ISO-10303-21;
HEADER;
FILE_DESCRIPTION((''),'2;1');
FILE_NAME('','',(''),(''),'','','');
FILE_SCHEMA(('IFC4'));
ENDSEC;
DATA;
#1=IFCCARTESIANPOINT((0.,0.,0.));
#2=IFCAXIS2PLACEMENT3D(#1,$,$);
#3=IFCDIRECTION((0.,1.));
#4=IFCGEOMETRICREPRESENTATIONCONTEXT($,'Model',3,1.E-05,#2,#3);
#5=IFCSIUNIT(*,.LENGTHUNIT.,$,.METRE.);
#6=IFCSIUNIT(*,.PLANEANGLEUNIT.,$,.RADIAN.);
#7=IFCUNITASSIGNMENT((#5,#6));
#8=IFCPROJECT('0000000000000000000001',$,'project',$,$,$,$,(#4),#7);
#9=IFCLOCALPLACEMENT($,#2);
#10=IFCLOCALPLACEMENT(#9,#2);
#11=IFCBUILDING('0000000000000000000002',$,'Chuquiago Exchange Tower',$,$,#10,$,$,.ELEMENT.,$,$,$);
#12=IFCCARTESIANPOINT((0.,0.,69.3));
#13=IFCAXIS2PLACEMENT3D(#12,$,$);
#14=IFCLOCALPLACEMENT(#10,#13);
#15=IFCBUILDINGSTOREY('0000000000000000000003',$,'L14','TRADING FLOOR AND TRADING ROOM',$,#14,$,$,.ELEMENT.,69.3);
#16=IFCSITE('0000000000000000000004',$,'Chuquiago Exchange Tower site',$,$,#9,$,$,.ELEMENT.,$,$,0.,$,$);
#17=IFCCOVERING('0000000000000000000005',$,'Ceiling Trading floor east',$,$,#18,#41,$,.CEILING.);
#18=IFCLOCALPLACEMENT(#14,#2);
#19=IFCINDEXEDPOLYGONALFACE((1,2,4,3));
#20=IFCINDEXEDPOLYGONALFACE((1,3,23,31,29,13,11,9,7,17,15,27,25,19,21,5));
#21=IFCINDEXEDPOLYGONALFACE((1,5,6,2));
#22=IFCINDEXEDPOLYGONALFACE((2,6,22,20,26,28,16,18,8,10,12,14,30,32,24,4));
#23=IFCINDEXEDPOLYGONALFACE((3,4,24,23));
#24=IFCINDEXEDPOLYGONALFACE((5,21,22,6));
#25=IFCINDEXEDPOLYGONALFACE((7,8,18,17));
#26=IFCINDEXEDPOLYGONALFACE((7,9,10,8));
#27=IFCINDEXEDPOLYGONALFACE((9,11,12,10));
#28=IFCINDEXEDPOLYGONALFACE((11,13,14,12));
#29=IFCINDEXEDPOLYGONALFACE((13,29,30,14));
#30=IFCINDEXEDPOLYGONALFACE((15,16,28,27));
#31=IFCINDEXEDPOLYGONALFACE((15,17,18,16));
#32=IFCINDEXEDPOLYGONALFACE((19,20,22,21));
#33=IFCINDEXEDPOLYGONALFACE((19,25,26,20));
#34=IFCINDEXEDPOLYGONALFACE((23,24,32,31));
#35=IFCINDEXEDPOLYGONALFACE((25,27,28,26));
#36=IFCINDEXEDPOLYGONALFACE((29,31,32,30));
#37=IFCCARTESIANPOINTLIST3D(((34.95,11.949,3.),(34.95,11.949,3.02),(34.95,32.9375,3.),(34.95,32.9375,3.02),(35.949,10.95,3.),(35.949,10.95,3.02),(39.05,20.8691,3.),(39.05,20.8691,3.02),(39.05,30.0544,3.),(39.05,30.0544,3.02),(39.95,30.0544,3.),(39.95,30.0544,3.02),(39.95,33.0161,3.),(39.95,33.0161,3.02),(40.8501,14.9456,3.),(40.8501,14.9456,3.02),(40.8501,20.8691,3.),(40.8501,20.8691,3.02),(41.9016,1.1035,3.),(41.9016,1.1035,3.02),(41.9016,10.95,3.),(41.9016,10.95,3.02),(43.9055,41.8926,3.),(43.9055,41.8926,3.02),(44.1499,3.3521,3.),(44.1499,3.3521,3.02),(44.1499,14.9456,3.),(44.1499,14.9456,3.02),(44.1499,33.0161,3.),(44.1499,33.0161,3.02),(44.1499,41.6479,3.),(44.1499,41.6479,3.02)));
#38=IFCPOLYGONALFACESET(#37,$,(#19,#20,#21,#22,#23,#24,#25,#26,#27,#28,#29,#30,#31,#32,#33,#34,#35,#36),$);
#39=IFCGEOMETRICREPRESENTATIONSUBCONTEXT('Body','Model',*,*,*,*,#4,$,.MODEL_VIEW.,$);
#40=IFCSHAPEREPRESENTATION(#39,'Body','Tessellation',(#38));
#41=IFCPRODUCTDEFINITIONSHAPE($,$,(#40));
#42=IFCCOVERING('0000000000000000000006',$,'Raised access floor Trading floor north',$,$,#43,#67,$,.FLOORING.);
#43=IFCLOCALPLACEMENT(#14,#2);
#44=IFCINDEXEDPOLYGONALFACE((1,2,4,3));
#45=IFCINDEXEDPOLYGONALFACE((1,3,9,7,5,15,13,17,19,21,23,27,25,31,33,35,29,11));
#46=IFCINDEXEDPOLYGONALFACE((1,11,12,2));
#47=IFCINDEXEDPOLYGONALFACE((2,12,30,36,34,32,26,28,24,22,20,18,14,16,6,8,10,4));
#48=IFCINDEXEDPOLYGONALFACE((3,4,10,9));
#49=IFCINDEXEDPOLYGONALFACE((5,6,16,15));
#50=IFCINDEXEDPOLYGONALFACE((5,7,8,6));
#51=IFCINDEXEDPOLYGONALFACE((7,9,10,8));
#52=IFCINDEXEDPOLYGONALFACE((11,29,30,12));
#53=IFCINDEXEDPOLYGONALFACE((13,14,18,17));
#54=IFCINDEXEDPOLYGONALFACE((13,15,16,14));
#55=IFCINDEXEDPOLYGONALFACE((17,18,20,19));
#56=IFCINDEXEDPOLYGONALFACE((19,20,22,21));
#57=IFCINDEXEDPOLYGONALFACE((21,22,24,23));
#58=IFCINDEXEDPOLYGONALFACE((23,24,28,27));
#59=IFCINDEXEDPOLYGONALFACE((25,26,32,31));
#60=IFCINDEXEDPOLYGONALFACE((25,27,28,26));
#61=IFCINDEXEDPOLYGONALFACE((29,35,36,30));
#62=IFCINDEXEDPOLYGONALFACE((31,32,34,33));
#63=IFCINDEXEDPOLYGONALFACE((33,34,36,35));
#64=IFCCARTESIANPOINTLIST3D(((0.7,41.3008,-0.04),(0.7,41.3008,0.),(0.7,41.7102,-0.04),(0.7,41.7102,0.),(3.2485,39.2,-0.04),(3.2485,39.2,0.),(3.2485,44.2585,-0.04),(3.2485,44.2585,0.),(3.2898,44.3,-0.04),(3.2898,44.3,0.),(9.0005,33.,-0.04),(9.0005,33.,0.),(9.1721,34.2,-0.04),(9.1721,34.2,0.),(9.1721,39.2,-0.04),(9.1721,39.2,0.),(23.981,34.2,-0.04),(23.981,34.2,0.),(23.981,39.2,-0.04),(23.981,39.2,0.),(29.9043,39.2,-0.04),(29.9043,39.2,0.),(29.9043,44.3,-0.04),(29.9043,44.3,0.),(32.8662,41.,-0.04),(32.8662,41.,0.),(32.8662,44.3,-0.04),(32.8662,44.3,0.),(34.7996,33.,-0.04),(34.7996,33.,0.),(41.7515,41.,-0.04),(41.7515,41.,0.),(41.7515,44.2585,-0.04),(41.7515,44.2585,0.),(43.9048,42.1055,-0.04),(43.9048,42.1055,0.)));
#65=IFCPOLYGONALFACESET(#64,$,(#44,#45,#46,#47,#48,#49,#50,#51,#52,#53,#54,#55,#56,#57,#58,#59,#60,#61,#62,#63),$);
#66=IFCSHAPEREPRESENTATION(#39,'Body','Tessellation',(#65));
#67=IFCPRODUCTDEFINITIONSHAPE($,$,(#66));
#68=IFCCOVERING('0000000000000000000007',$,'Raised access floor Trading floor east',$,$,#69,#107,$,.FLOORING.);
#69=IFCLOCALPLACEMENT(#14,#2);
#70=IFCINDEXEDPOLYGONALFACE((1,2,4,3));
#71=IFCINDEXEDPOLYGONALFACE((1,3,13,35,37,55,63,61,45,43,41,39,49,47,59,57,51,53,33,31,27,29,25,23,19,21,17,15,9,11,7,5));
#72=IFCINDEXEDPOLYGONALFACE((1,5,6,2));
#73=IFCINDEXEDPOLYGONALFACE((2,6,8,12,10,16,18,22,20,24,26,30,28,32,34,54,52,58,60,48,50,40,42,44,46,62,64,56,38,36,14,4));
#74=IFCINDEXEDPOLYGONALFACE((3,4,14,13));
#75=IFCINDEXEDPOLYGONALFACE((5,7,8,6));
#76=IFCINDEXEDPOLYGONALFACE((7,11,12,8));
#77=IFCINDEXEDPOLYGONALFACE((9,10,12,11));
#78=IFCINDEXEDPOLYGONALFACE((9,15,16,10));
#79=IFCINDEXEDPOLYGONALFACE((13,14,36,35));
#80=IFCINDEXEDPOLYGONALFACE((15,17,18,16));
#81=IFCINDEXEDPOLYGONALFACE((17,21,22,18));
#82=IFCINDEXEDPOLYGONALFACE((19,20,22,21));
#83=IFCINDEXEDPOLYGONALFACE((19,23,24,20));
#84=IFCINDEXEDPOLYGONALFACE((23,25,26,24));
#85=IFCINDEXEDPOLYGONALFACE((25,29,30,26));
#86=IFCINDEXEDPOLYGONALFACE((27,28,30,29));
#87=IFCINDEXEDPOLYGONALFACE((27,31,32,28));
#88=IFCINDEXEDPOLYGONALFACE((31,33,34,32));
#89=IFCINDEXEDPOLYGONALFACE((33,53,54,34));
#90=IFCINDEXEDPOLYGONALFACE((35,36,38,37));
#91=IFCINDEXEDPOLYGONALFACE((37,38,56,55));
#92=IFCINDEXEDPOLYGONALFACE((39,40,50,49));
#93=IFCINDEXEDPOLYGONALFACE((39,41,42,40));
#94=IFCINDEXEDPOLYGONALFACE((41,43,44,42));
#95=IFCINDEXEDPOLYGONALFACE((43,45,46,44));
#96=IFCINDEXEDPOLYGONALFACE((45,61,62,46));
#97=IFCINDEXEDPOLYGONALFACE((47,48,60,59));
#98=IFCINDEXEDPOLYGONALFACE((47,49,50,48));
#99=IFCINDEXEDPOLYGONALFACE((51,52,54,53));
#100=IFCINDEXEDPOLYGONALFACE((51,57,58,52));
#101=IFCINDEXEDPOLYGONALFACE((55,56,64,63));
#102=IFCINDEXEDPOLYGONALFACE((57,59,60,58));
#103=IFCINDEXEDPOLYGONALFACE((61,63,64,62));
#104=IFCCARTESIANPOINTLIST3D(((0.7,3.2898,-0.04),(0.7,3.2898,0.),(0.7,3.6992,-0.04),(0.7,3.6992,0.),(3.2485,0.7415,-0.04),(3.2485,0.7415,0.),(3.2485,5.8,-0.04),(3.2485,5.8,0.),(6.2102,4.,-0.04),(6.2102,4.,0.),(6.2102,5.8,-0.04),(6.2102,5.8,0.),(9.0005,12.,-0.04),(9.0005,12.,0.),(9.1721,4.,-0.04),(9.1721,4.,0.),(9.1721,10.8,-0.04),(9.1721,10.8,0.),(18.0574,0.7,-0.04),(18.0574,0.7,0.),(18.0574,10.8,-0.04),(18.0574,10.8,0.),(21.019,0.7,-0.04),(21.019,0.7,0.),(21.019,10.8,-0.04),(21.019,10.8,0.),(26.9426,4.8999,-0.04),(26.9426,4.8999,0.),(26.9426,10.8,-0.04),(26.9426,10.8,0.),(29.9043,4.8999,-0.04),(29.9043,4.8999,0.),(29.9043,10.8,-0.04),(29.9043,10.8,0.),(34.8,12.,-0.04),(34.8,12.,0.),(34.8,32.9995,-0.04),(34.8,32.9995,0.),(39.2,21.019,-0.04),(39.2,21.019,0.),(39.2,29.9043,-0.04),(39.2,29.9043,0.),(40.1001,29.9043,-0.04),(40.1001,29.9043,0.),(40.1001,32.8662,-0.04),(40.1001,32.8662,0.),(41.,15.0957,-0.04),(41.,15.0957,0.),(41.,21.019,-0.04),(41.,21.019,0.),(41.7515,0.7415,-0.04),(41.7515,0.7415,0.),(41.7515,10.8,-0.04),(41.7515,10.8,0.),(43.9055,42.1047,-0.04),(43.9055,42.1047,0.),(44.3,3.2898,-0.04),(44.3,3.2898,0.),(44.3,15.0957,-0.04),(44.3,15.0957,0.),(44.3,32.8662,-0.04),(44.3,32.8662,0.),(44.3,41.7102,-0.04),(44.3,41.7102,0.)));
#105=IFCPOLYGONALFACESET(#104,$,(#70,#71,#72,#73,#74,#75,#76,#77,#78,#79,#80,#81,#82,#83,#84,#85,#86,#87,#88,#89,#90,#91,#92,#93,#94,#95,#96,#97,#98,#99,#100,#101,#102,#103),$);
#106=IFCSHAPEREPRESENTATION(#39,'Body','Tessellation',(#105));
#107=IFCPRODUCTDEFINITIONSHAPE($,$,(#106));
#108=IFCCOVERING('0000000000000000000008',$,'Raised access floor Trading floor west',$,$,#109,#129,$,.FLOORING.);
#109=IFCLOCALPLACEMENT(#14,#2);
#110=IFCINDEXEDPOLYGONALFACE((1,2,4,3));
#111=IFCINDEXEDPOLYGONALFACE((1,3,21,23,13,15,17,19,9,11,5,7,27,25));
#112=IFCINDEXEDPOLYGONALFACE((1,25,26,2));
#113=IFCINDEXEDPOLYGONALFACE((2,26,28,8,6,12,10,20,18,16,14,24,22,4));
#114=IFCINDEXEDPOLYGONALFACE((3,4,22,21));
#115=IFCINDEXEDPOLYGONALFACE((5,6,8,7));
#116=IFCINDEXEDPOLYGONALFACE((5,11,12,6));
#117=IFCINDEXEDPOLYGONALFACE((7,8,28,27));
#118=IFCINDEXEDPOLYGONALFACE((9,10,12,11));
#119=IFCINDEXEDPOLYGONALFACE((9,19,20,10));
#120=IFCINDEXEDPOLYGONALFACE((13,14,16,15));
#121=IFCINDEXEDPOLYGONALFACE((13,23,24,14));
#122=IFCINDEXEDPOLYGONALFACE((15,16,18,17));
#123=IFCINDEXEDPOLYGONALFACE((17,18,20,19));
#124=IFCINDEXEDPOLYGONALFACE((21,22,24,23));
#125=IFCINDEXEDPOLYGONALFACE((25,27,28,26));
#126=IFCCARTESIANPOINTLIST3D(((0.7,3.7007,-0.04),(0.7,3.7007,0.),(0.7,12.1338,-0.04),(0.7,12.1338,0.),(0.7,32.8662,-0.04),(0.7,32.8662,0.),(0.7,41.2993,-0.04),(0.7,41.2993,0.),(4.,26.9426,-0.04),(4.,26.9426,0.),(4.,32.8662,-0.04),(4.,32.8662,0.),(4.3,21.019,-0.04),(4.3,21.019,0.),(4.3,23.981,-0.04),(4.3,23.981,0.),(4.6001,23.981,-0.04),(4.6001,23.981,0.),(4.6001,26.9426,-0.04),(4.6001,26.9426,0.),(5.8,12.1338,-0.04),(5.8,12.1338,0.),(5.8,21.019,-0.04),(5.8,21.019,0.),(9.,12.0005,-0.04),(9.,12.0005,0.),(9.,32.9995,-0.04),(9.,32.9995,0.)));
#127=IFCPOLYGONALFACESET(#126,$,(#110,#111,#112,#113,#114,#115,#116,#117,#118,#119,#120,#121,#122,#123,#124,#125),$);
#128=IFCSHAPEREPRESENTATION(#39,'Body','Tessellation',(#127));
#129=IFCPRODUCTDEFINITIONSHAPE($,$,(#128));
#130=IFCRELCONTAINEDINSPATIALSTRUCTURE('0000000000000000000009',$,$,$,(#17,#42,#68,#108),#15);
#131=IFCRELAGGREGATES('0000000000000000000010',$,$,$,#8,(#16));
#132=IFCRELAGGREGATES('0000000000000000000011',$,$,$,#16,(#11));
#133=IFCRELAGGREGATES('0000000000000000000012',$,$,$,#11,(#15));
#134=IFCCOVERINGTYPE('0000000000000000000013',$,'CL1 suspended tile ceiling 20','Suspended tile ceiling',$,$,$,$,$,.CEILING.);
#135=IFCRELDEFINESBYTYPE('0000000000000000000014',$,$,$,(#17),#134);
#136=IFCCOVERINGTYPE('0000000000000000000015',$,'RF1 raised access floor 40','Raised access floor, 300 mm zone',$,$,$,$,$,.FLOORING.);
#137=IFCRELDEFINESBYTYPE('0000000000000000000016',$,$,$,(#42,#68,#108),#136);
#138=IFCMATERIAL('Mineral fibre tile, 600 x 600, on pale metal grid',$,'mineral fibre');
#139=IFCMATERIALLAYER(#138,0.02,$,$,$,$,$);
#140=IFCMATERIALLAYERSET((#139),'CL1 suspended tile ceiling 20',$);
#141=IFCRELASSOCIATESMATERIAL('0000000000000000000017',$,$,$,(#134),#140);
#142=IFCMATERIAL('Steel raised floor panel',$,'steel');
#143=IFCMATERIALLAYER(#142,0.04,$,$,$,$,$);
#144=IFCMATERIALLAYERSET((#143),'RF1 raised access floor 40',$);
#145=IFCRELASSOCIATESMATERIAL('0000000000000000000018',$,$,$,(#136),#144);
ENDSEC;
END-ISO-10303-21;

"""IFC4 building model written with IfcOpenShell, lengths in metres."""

from ifc_helpers import new_model, si_unit, direction, frame, origin, place, context, subcontext, project, spatial, polyline, outline, extrude, material, layer, layer_set, type_object, element, save


model = new_model("IFC4")

# Units and contexts
model_context = context("Model", 3, precision=1e-05, world=origin(), true_north=direction((0.0, 1.0)))
body_context = subcontext(model_context, "Body", "Model", "MODEL_VIEW")
ifc_project = project(units=[si_unit("LENGTHUNIT", "METRE"), si_unit("PLANEANGLEUNIT", "RADIAN")], contexts=[model_context])

# Site, building, storey
site_placement = place(None, origin())
site = spatial("IfcSite", under=ifc_project, at=site_placement, Name="Chuquiago Exchange Tower site", CompositionType="ELEMENT", RefElevation=0.0)
building_placement = place(site_placement, origin())
building = spatial("IfcBuilding", under=site, at=building_placement, Name="Chuquiago Exchange Tower", CompositionType="ELEMENT")
storey_placement = place(building_placement, frame((0.0, 0.0, 69.3)))
storey = spatial("IfcBuildingStorey", under=building, at=storey_placement, Name="L14", Description="TRADING FLOOR AND TRADING ROOM", CompositionType="ELEMENT", Elevation=69.3)

# Coverings
ifc_material_1 = material(Name="Mineral fibre tile, 600 x 600, on pale metal grid", Category="mineral fibre")
ifc_layer_1 = layer(ifc_material_1, 0.02)
ifc_layer_set_1 = layer_set([ifc_layer_1], Name="CL1 suspended tile ceiling 20")
covering_type_1 = type_object("IfcCoveringType", Name="CL1 suspended tile ceiling 20", Description="Suspended tile ceiling", PredefinedType="CEILING", material=ifc_layer_set_1)
covering_1_placement = place(storey_placement, frame((0.0, 0.0, 3.0)))
element("IfcCovering", 1, at=covering_1_placement, inside=storey, type_object=covering_type_1, Name="Ceiling Trading floor east", PredefinedType="CEILING", context=body_context, shape_type="SweptSolid", body=[
    extrude(outline(polyline([(34.95, 32.9375), (43.9055, 41.8926), (44.1499, 41.6479), (44.1499, 33.0161), (39.95, 33.0161), (39.95, 30.0544), (39.05, 30.0544), (39.05, 20.8691), (40.8501, 20.8691), (40.8501, 14.9456), (44.1499, 14.9456), (44.1499, 3.3521), (41.9016, 1.1035), (41.9016, 10.95), (35.949, 10.95), (34.95, 11.949), (34.95, 32.9375)])), origin(), (0.0, 0.0, 1.0), 0.02),
])
ifc_material_2 = material(Name="Steel raised floor panel", Category="steel")
ifc_layer_2 = layer(ifc_material_2, 0.04)
ifc_layer_set_2 = layer_set([ifc_layer_2], Name="RF1 raised access floor 40")
covering_type_2 = type_object("IfcCoveringType", Name="RF1 raised access floor 40", Description="Raised access floor, 300 mm zone", PredefinedType="FLOORING", material=ifc_layer_set_2)
covering_2_placement = place(storey_placement, frame((0.0, 0.0, -0.04)))
element("IfcCovering", 2, at=covering_2_placement, inside=storey, type_object=covering_type_2, Name="Raised access floor Trading floor north", PredefinedType="FLOORING", context=body_context, shape_type="SweptSolid", body=[
    extrude(outline(polyline([(0.7, 41.7102), (3.2898, 44.3), (3.2485, 44.2585), (3.2485, 39.2), (9.1721, 39.2), (9.1721, 34.2), (23.981, 34.2), (23.981, 39.2), (29.9043, 39.2), (29.9043, 44.3), (32.8662, 44.3), (32.8662, 41.0), (41.7515, 41.0), (41.7515, 44.2585), (43.9048, 42.1055), (34.7996, 33.0), (9.0005, 33.0), (0.7, 41.3008), (0.7, 41.7102)])), origin(), (0.0, 0.0, 1.0), 0.04),
])
covering_3_placement = place(storey_placement, frame((0.0, 0.0, -0.04)))
element("IfcCovering", 3, at=covering_3_placement, inside=storey, type_object=covering_type_2, Name="Raised access floor Trading floor east", PredefinedType="FLOORING", context=body_context, shape_type="SweptSolid", body=[
    extrude(outline(polyline([(44.3, 41.7102), (44.3, 32.8662), (40.1001, 32.8662), (40.1001, 29.9043), (39.2, 29.9043), (39.2, 21.019), (41.0, 21.019), (41.0, 15.0957), (44.3, 15.0957), (44.3, 3.2898), (41.7515, 0.7415), (41.7515, 10.8), (29.9043, 10.8), (29.9043, 4.8999), (26.9426, 4.8999), (26.9426, 10.8), (21.019, 10.8), (21.019, 0.7), (18.0574, 0.7), (18.0574, 10.8), (9.1721, 10.8), (9.1721, 4.0), (6.2102, 4.0), (6.2102, 5.8), (3.2485, 5.8), (3.2485, 0.7415), (0.7, 3.2898), (0.7, 3.6992), (9.0005, 12.0), (34.8, 12.0), (34.8, 32.9995), (43.9055, 42.1047), (44.3, 41.7102)])), origin(), (0.0, 0.0, 1.0), 0.04),
])
covering_4_placement = place(storey_placement, frame((0.0, 0.0, -0.04)))
element("IfcCovering", 4, at=covering_4_placement, inside=storey, type_object=covering_type_2, Name="Raised access floor Trading floor west", PredefinedType="FLOORING", context=body_context, shape_type="SweptSolid", body=[
    extrude(outline(polyline([(5.8, 12.1338), (5.8, 21.019), (4.3, 21.019), (4.3, 23.981), (4.6001, 23.981), (4.6001, 26.9426), (4.0, 26.9426), (4.0, 32.8662), (0.7, 32.8662), (0.7, 41.2993), (9.0, 32.9995), (9.0, 12.0005), (0.7, 3.7007), (0.7, 12.1338), (5.8, 12.1338)])), origin(), (0.0, 0.0, 1.0), 0.04),
])

save(model, "model.ifc")
